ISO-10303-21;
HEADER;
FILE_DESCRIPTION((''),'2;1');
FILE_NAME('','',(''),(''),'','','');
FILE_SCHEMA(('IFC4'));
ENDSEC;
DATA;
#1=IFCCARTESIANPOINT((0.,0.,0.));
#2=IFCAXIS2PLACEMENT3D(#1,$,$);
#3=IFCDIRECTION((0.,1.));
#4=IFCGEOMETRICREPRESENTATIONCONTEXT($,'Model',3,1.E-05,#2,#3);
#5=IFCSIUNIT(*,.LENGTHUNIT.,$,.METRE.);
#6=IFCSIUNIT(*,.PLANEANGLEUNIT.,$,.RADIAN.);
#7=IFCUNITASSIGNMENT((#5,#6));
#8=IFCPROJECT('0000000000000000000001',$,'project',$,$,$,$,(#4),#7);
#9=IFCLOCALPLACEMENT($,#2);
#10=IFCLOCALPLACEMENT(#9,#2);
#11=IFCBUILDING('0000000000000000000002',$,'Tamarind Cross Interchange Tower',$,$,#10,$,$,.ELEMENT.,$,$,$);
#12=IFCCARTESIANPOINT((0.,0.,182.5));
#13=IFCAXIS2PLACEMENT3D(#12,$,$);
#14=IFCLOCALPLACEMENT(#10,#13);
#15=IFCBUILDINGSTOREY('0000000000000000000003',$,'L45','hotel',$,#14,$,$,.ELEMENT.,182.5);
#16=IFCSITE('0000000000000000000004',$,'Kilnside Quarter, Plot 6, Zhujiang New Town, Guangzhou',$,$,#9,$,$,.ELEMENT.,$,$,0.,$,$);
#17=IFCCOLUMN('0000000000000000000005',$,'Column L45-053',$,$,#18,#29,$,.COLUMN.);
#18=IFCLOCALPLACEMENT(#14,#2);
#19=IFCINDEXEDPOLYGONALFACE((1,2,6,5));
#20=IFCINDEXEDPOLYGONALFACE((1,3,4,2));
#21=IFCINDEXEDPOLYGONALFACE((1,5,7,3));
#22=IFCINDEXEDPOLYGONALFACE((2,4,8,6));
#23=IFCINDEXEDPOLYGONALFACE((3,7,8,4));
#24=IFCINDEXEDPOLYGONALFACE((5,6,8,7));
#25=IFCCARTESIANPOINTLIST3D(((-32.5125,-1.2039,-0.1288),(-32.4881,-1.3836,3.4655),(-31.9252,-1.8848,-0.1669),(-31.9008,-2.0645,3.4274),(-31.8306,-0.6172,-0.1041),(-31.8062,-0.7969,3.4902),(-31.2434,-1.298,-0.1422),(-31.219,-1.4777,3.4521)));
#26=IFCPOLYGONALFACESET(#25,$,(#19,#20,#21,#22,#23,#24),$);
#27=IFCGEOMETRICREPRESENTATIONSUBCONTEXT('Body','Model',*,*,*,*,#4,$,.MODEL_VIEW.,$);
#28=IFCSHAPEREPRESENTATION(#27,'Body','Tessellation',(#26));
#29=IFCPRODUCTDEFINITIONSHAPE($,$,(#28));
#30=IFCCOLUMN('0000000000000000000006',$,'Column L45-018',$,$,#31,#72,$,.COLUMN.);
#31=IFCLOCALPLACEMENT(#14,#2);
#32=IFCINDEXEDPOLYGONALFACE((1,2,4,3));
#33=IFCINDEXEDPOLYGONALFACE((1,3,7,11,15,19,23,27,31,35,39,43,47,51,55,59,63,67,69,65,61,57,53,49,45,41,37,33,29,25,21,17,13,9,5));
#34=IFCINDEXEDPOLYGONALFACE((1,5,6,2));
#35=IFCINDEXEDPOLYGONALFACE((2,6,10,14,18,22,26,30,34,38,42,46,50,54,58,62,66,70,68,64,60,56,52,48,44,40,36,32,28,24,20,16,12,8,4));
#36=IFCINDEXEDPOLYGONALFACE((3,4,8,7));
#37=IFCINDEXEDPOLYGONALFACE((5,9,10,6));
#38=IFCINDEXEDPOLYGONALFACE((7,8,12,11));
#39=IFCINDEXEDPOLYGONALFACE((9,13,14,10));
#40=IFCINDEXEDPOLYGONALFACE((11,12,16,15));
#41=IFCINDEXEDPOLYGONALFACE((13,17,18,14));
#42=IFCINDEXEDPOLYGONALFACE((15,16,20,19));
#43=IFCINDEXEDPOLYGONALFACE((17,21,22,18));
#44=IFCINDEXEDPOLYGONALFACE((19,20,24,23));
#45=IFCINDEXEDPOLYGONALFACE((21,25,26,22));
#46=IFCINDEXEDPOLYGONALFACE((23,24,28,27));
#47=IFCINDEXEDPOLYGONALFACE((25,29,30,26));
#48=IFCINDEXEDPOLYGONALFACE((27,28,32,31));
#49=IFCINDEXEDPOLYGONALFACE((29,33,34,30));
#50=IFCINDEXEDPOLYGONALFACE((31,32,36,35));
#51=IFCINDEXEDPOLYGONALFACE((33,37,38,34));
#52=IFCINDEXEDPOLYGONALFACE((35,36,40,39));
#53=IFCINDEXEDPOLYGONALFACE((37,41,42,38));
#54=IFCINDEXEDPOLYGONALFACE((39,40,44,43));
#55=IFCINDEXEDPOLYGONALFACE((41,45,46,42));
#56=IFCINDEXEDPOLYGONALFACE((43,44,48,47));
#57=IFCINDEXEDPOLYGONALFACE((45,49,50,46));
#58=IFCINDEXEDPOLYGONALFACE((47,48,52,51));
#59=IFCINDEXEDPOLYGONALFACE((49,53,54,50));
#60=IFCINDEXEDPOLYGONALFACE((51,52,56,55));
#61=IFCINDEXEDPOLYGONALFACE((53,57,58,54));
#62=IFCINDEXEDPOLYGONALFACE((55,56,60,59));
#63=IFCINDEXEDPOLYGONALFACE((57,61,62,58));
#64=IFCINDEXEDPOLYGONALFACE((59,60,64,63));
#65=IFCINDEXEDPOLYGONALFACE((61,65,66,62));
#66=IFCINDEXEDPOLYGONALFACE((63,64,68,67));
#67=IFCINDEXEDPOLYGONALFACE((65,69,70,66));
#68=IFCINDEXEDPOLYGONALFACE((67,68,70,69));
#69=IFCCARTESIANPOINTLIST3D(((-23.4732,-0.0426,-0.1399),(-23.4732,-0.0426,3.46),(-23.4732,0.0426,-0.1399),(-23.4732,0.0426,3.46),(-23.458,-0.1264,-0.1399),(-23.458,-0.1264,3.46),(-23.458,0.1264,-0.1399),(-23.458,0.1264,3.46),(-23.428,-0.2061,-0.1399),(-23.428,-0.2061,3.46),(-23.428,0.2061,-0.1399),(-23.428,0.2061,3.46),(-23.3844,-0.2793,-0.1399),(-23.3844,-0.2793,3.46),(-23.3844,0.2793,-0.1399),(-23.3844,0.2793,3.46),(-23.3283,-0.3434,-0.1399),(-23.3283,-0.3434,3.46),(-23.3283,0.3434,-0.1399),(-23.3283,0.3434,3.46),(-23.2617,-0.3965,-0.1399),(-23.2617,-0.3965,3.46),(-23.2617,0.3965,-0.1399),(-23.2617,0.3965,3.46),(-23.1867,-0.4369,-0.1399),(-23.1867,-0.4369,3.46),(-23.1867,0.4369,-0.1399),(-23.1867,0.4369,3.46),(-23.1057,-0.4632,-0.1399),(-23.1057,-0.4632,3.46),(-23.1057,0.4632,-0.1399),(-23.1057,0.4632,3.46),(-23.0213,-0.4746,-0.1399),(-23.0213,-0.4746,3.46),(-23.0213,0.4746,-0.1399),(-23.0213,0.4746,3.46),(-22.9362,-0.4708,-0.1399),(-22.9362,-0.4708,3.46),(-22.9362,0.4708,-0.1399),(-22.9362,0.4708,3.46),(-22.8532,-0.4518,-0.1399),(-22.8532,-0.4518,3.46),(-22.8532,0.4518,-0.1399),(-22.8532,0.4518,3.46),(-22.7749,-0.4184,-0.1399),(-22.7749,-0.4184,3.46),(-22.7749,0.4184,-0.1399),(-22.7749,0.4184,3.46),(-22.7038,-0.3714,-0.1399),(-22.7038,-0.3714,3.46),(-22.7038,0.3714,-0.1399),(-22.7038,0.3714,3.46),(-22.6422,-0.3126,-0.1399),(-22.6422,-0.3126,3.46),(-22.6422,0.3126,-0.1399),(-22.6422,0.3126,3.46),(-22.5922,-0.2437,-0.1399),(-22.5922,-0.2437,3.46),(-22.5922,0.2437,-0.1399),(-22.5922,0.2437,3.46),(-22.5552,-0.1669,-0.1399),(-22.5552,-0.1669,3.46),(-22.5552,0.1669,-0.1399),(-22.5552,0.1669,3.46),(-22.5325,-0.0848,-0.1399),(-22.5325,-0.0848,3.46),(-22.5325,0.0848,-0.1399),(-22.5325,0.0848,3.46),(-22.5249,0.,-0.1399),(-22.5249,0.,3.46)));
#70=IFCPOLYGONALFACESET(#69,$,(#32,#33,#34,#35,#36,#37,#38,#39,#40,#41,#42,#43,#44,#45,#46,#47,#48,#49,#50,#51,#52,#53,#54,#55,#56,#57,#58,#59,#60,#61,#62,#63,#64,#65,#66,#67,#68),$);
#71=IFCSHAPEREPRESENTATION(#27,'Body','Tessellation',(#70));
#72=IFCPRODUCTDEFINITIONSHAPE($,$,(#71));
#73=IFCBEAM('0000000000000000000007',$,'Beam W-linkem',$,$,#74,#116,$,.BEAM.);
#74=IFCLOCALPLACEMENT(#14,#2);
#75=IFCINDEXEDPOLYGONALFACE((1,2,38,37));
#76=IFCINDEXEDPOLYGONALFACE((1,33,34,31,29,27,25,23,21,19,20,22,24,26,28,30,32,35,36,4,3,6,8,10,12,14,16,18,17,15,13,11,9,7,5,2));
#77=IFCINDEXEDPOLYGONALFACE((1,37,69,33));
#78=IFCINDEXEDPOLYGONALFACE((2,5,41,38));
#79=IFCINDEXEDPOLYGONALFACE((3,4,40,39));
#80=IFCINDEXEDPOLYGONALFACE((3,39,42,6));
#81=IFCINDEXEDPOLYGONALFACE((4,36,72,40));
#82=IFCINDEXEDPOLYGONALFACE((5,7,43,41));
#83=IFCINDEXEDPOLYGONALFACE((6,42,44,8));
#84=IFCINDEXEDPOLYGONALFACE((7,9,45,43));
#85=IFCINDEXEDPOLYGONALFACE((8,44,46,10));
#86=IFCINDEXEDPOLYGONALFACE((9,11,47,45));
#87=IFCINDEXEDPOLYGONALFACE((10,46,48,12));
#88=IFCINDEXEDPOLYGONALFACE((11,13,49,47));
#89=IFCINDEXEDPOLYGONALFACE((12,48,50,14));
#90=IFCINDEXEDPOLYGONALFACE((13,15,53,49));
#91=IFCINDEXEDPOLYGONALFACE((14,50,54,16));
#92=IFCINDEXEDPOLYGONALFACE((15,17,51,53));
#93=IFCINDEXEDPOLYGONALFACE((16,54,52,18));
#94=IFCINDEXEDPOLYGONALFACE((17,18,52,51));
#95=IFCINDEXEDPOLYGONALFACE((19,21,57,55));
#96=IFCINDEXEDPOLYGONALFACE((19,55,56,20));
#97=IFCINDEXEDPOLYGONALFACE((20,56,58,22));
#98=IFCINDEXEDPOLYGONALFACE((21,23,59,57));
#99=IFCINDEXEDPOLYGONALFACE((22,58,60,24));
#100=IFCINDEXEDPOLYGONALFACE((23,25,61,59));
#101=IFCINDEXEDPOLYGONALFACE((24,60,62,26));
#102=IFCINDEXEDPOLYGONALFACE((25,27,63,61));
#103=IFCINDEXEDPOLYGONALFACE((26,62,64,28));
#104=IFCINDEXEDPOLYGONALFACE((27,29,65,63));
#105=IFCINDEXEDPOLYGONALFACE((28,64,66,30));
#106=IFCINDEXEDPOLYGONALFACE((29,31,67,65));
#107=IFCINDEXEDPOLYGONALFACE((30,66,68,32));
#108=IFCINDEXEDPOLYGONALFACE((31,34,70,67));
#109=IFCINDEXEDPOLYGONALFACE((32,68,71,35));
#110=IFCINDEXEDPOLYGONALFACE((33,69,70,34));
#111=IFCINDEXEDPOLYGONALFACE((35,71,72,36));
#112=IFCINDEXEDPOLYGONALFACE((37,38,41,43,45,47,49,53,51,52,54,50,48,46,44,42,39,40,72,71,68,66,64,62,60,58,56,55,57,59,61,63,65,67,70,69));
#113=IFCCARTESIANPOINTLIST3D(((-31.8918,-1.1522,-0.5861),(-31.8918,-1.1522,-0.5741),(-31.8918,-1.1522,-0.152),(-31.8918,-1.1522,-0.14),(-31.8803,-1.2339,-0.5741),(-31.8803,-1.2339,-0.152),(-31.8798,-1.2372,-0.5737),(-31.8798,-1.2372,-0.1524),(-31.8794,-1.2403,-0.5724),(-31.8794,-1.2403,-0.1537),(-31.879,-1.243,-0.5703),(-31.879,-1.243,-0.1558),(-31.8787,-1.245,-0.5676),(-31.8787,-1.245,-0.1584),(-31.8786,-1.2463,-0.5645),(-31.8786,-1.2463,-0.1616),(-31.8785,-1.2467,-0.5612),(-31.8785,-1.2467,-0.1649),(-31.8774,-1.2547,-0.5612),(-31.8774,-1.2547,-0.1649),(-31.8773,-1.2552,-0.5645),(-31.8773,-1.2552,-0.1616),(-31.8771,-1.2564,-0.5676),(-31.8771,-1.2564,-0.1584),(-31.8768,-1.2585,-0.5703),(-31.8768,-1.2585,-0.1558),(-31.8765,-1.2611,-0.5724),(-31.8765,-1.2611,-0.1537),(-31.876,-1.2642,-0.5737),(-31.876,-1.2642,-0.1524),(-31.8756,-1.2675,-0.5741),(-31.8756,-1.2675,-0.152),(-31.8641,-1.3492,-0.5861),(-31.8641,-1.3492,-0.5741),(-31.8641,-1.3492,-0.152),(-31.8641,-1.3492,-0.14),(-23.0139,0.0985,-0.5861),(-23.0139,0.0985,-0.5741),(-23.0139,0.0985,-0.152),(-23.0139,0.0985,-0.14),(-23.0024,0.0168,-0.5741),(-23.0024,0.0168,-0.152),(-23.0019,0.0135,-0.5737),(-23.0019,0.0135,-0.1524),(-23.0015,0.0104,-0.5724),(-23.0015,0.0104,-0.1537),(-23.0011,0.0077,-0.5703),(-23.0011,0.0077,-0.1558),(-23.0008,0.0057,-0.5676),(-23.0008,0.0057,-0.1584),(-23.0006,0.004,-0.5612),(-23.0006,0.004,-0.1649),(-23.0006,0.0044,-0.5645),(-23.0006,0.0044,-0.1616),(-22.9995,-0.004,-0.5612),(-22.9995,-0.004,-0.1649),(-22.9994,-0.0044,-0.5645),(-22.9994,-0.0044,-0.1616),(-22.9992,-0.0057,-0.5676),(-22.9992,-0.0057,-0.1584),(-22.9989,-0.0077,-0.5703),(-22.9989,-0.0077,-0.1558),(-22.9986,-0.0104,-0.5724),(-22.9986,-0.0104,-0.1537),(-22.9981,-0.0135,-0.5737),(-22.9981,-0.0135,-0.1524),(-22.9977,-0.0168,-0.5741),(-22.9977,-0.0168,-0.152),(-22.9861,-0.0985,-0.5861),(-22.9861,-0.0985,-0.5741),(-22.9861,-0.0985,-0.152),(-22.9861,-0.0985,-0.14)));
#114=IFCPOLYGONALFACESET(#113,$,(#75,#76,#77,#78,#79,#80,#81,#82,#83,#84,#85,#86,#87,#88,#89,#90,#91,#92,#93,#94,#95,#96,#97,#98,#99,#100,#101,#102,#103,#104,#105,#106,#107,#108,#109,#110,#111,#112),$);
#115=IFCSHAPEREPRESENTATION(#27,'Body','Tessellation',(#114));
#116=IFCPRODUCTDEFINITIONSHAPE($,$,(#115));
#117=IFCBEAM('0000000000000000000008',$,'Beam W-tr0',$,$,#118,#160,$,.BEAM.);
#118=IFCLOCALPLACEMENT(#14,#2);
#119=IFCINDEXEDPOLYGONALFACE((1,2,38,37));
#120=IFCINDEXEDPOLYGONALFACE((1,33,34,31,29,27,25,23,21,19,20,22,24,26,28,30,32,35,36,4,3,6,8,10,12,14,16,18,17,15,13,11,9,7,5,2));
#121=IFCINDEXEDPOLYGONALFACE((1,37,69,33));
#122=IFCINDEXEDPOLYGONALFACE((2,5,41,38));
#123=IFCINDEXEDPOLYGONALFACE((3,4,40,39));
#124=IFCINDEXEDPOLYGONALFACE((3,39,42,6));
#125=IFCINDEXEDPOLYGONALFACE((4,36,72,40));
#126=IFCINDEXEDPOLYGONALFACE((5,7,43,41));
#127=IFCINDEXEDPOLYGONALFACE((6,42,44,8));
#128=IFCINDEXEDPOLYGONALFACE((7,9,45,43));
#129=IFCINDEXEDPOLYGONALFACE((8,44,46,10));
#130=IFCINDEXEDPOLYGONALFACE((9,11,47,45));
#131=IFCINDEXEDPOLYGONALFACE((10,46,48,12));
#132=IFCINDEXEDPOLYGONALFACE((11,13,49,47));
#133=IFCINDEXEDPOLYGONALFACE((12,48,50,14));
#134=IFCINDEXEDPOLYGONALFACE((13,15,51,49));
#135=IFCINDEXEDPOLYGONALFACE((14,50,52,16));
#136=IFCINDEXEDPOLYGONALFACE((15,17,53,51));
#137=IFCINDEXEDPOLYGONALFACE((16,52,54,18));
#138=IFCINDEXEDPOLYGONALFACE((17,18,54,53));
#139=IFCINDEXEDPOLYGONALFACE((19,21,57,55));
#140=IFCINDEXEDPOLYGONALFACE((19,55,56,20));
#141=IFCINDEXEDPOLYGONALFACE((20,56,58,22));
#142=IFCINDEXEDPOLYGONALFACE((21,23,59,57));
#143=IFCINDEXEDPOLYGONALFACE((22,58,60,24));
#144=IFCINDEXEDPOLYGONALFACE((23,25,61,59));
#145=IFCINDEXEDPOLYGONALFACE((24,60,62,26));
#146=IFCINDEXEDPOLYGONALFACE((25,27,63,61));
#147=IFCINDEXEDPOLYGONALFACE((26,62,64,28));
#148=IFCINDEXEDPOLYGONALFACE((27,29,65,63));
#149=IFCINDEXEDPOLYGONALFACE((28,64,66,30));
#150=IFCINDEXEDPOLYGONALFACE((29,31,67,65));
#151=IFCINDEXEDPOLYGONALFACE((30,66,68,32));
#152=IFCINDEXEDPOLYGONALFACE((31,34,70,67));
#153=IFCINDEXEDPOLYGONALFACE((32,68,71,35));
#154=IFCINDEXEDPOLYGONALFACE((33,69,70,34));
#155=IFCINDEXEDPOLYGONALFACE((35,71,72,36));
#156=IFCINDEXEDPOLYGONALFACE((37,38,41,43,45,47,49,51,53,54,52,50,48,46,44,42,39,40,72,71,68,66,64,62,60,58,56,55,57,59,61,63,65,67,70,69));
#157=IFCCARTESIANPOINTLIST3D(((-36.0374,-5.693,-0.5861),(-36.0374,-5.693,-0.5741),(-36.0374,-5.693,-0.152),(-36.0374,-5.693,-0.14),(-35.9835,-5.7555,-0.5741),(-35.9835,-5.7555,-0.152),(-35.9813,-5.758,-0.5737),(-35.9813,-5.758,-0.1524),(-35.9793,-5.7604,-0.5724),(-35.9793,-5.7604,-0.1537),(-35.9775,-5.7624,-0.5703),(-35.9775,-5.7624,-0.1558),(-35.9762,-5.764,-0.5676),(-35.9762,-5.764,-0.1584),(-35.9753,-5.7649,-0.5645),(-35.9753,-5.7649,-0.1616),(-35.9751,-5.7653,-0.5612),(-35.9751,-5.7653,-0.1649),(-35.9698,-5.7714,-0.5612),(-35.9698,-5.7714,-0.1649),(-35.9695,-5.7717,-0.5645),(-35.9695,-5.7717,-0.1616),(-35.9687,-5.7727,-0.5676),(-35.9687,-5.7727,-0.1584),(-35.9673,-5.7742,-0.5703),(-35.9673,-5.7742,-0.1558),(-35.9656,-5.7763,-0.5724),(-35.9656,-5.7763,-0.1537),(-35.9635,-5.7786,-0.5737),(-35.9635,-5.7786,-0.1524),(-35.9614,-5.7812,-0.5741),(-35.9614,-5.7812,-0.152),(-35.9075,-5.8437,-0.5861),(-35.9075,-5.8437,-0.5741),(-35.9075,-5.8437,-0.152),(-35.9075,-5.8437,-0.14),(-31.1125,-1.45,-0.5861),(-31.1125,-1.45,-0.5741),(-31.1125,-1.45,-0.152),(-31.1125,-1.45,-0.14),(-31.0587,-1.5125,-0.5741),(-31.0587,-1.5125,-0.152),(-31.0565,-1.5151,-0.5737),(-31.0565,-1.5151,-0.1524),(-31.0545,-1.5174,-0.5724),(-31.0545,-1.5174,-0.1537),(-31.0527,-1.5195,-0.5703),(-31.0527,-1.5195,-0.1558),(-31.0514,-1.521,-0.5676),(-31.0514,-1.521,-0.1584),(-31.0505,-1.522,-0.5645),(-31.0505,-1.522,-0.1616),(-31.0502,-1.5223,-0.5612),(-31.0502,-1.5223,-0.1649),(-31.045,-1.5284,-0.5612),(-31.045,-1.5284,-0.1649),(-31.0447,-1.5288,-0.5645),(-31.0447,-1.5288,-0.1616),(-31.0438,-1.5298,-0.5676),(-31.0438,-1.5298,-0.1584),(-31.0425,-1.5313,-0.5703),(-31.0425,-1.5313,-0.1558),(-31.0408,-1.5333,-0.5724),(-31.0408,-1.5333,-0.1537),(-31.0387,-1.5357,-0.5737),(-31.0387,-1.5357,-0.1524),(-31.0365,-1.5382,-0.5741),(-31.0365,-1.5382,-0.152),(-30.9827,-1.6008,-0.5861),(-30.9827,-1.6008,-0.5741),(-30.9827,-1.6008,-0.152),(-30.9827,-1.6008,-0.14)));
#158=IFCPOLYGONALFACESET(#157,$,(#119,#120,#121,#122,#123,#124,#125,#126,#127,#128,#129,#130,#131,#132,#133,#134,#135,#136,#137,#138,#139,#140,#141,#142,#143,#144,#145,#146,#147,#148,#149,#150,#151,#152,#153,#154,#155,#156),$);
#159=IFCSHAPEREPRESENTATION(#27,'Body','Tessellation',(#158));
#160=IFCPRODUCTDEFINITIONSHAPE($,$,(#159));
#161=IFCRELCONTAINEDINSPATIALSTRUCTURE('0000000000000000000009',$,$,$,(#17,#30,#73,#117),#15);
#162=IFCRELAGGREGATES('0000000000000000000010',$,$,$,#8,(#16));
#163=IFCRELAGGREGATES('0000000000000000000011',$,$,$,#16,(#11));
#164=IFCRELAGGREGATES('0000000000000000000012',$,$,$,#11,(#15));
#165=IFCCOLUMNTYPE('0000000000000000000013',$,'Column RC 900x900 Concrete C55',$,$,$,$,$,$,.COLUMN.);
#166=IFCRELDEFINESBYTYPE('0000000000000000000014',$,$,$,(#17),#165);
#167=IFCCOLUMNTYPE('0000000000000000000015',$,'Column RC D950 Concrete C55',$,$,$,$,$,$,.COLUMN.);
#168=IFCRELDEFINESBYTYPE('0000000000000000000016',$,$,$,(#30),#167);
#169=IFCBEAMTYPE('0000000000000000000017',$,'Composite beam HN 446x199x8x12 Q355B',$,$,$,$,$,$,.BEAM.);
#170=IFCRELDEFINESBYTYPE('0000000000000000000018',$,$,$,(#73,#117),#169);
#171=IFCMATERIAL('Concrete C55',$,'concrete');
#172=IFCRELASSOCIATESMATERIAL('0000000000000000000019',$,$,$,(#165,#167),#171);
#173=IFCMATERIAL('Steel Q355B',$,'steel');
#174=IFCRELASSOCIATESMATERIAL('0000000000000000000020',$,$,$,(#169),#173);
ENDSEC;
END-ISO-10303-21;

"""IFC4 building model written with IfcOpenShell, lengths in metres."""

from ifc_helpers import new_model, si_unit, direction, frame, origin, origin_2d, place, context, subcontext, project, spatial, rectangle, circle, i_section, extrude, material, material_profile, profile_set, type_object, element, save


model = new_model("IFC4")

# Units and contexts
model_context = context("Model", 3, precision=1e-05, world=origin(), true_north=direction((0.0, 1.0)))
body_context = subcontext(model_context, "Body", "Model", "MODEL_VIEW")
ifc_project = project(units=[si_unit("LENGTHUNIT", "METRE"), si_unit("PLANEANGLEUNIT", "RADIAN")], contexts=[model_context])

# Site, building, storey
site_placement = place(None, origin())
site = spatial("IfcSite", under=ifc_project, at=site_placement, Name="Kilnside Quarter, Plot 6, Zhujiang New Town, Guangzhou", CompositionType="ELEMENT", RefElevation=0.0)
building_placement = place(site_placement, origin())
building = spatial("IfcBuilding", under=site, at=building_placement, Name="Tamarind Cross Interchange Tower", CompositionType="ELEMENT")
storey_placement = place(building_placement, frame((0.0, 0.0, 182.5)))
storey = spatial("IfcBuildingStorey", under=building, at=storey_placement, Name="L45", Description="hotel", CompositionType="ELEMENT", Elevation=182.5)

# Columns
ifc_material_1 = material(Name="Concrete C55", Category="concrete")
ifc_material_profile_1 = material_profile(ifc_material_1, rectangle(XDim=0.8999, YDim=0.8999, at=origin_2d()), Name="RC 900x900")
ifc_profile_set_1 = profile_set([ifc_material_profile_1], Name="Concrete C55")
column_type_1 = type_object("IfcColumnType", Name="Column RC 900x900 Concrete C55", PredefinedType="COLUMN", material=ifc_profile_set_1)
column_1_placement = place(storey_placement, frame((-31.8779, -1.251, -0.1355), z_axis=(0.006784, -0.04993, 0.99873), x_axis=(0.75771, 0.652014, 0.027449)))
element("IfcColumn", 1, at=column_1_placement, inside=storey, type_object=column_type_1, Name="Column L45-053", PredefinedType="COLUMN", context=body_context, shape_type="SweptSolid", body=[
    extrude(rectangle(XDim=0.8999, YDim=0.8999, at=origin_2d()), origin(), (0.0, 0.0, 1.0), 3.5989),
])
ifc_material_profile_2 = material_profile(ifc_material_1, circle(Radius=0.4751, at=origin_2d()), Name="RC D950")
ifc_profile_set_2 = profile_set([ifc_material_profile_2], Name="Concrete C55")
column_type_2 = type_object("IfcColumnType", Name="Column RC D950 Concrete C55", PredefinedType="COLUMN", material=ifc_profile_set_2)
column_2_placement = place(storey_placement, frame((-23.0, 0.0, -0.1399), z_axis=(0.0, 0.0, 1.0), x_axis=(1.0, 0.0, 0.0)))
element("IfcColumn", 2, at=column_2_placement, inside=storey, type_object=column_type_2, Name="Column L45-018", PredefinedType="COLUMN", context=body_context, shape_type="SweptSolid", body=[
    extrude(circle(Radius=0.4751, at=origin_2d()), origin(), (0.0, 0.0, 1.0), 3.5999),
])

# Beams
ifc_material_2 = material(Name="Steel Q355B", Category="steel")
ifc_material_profile_3 = material_profile(ifc_material_2, i_section(OverallWidth=0.199, OverallDepth=0.446, WebThickness=0.0081, FlangeThickness=0.012, FilletRadius=0.0129, at=origin_2d()), Name="HN 446x199x8x12")
ifc_profile_set_3 = profile_set([ifc_material_profile_3], Name="Steel Q355B")
beam_type_1 = type_object("IfcBeamType", Name="Composite beam HN 446x199x8x12 Q355B", PredefinedType="BEAM", material=ifc_profile_set_3)
beam_1_placement = place(storey_placement, frame((-31.8779, -1.2507, -0.363), z_axis=(0.990222, 0.139503, 0.0), x_axis=(-0.139503, 0.990222, 0.0)))
element("IfcBeam", 3, at=beam_1_placement, inside=storey, type_object=beam_type_1, Name="Beam W-linkem", PredefinedType="BEAM", context=body_context, shape_type="SweptSolid", body=[
    extrude(i_section(OverallWidth=0.199, OverallDepth=0.446, WebThickness=0.0081, FlangeThickness=0.012, FilletRadius=0.0129, at=origin_2d()), origin(), (0.0, 0.0, 1.0), 8.9656),
])
beam_2_placement = place(storey_placement, frame((-31.0476, -1.5254, -0.363), z_axis=(-0.757608, -0.65271, 0.0), x_axis=(0.65271, -0.757608, 0.0)))
element("IfcBeam", 4, at=beam_2_placement, inside=storey, type_object=beam_type_1, Name="Beam W-tr0", PredefinedType="BEAM", context=body_context, shape_type="SweptSolid", body=[
    extrude(i_section(OverallWidth=0.199, OverallDepth=0.446, WebThickness=0.0081, FlangeThickness=0.012, FilletRadius=0.0129, at=origin_2d()), origin(), (0.0, 0.0, 1.0), 6.5005),
])

save(model, "model.ifc")
